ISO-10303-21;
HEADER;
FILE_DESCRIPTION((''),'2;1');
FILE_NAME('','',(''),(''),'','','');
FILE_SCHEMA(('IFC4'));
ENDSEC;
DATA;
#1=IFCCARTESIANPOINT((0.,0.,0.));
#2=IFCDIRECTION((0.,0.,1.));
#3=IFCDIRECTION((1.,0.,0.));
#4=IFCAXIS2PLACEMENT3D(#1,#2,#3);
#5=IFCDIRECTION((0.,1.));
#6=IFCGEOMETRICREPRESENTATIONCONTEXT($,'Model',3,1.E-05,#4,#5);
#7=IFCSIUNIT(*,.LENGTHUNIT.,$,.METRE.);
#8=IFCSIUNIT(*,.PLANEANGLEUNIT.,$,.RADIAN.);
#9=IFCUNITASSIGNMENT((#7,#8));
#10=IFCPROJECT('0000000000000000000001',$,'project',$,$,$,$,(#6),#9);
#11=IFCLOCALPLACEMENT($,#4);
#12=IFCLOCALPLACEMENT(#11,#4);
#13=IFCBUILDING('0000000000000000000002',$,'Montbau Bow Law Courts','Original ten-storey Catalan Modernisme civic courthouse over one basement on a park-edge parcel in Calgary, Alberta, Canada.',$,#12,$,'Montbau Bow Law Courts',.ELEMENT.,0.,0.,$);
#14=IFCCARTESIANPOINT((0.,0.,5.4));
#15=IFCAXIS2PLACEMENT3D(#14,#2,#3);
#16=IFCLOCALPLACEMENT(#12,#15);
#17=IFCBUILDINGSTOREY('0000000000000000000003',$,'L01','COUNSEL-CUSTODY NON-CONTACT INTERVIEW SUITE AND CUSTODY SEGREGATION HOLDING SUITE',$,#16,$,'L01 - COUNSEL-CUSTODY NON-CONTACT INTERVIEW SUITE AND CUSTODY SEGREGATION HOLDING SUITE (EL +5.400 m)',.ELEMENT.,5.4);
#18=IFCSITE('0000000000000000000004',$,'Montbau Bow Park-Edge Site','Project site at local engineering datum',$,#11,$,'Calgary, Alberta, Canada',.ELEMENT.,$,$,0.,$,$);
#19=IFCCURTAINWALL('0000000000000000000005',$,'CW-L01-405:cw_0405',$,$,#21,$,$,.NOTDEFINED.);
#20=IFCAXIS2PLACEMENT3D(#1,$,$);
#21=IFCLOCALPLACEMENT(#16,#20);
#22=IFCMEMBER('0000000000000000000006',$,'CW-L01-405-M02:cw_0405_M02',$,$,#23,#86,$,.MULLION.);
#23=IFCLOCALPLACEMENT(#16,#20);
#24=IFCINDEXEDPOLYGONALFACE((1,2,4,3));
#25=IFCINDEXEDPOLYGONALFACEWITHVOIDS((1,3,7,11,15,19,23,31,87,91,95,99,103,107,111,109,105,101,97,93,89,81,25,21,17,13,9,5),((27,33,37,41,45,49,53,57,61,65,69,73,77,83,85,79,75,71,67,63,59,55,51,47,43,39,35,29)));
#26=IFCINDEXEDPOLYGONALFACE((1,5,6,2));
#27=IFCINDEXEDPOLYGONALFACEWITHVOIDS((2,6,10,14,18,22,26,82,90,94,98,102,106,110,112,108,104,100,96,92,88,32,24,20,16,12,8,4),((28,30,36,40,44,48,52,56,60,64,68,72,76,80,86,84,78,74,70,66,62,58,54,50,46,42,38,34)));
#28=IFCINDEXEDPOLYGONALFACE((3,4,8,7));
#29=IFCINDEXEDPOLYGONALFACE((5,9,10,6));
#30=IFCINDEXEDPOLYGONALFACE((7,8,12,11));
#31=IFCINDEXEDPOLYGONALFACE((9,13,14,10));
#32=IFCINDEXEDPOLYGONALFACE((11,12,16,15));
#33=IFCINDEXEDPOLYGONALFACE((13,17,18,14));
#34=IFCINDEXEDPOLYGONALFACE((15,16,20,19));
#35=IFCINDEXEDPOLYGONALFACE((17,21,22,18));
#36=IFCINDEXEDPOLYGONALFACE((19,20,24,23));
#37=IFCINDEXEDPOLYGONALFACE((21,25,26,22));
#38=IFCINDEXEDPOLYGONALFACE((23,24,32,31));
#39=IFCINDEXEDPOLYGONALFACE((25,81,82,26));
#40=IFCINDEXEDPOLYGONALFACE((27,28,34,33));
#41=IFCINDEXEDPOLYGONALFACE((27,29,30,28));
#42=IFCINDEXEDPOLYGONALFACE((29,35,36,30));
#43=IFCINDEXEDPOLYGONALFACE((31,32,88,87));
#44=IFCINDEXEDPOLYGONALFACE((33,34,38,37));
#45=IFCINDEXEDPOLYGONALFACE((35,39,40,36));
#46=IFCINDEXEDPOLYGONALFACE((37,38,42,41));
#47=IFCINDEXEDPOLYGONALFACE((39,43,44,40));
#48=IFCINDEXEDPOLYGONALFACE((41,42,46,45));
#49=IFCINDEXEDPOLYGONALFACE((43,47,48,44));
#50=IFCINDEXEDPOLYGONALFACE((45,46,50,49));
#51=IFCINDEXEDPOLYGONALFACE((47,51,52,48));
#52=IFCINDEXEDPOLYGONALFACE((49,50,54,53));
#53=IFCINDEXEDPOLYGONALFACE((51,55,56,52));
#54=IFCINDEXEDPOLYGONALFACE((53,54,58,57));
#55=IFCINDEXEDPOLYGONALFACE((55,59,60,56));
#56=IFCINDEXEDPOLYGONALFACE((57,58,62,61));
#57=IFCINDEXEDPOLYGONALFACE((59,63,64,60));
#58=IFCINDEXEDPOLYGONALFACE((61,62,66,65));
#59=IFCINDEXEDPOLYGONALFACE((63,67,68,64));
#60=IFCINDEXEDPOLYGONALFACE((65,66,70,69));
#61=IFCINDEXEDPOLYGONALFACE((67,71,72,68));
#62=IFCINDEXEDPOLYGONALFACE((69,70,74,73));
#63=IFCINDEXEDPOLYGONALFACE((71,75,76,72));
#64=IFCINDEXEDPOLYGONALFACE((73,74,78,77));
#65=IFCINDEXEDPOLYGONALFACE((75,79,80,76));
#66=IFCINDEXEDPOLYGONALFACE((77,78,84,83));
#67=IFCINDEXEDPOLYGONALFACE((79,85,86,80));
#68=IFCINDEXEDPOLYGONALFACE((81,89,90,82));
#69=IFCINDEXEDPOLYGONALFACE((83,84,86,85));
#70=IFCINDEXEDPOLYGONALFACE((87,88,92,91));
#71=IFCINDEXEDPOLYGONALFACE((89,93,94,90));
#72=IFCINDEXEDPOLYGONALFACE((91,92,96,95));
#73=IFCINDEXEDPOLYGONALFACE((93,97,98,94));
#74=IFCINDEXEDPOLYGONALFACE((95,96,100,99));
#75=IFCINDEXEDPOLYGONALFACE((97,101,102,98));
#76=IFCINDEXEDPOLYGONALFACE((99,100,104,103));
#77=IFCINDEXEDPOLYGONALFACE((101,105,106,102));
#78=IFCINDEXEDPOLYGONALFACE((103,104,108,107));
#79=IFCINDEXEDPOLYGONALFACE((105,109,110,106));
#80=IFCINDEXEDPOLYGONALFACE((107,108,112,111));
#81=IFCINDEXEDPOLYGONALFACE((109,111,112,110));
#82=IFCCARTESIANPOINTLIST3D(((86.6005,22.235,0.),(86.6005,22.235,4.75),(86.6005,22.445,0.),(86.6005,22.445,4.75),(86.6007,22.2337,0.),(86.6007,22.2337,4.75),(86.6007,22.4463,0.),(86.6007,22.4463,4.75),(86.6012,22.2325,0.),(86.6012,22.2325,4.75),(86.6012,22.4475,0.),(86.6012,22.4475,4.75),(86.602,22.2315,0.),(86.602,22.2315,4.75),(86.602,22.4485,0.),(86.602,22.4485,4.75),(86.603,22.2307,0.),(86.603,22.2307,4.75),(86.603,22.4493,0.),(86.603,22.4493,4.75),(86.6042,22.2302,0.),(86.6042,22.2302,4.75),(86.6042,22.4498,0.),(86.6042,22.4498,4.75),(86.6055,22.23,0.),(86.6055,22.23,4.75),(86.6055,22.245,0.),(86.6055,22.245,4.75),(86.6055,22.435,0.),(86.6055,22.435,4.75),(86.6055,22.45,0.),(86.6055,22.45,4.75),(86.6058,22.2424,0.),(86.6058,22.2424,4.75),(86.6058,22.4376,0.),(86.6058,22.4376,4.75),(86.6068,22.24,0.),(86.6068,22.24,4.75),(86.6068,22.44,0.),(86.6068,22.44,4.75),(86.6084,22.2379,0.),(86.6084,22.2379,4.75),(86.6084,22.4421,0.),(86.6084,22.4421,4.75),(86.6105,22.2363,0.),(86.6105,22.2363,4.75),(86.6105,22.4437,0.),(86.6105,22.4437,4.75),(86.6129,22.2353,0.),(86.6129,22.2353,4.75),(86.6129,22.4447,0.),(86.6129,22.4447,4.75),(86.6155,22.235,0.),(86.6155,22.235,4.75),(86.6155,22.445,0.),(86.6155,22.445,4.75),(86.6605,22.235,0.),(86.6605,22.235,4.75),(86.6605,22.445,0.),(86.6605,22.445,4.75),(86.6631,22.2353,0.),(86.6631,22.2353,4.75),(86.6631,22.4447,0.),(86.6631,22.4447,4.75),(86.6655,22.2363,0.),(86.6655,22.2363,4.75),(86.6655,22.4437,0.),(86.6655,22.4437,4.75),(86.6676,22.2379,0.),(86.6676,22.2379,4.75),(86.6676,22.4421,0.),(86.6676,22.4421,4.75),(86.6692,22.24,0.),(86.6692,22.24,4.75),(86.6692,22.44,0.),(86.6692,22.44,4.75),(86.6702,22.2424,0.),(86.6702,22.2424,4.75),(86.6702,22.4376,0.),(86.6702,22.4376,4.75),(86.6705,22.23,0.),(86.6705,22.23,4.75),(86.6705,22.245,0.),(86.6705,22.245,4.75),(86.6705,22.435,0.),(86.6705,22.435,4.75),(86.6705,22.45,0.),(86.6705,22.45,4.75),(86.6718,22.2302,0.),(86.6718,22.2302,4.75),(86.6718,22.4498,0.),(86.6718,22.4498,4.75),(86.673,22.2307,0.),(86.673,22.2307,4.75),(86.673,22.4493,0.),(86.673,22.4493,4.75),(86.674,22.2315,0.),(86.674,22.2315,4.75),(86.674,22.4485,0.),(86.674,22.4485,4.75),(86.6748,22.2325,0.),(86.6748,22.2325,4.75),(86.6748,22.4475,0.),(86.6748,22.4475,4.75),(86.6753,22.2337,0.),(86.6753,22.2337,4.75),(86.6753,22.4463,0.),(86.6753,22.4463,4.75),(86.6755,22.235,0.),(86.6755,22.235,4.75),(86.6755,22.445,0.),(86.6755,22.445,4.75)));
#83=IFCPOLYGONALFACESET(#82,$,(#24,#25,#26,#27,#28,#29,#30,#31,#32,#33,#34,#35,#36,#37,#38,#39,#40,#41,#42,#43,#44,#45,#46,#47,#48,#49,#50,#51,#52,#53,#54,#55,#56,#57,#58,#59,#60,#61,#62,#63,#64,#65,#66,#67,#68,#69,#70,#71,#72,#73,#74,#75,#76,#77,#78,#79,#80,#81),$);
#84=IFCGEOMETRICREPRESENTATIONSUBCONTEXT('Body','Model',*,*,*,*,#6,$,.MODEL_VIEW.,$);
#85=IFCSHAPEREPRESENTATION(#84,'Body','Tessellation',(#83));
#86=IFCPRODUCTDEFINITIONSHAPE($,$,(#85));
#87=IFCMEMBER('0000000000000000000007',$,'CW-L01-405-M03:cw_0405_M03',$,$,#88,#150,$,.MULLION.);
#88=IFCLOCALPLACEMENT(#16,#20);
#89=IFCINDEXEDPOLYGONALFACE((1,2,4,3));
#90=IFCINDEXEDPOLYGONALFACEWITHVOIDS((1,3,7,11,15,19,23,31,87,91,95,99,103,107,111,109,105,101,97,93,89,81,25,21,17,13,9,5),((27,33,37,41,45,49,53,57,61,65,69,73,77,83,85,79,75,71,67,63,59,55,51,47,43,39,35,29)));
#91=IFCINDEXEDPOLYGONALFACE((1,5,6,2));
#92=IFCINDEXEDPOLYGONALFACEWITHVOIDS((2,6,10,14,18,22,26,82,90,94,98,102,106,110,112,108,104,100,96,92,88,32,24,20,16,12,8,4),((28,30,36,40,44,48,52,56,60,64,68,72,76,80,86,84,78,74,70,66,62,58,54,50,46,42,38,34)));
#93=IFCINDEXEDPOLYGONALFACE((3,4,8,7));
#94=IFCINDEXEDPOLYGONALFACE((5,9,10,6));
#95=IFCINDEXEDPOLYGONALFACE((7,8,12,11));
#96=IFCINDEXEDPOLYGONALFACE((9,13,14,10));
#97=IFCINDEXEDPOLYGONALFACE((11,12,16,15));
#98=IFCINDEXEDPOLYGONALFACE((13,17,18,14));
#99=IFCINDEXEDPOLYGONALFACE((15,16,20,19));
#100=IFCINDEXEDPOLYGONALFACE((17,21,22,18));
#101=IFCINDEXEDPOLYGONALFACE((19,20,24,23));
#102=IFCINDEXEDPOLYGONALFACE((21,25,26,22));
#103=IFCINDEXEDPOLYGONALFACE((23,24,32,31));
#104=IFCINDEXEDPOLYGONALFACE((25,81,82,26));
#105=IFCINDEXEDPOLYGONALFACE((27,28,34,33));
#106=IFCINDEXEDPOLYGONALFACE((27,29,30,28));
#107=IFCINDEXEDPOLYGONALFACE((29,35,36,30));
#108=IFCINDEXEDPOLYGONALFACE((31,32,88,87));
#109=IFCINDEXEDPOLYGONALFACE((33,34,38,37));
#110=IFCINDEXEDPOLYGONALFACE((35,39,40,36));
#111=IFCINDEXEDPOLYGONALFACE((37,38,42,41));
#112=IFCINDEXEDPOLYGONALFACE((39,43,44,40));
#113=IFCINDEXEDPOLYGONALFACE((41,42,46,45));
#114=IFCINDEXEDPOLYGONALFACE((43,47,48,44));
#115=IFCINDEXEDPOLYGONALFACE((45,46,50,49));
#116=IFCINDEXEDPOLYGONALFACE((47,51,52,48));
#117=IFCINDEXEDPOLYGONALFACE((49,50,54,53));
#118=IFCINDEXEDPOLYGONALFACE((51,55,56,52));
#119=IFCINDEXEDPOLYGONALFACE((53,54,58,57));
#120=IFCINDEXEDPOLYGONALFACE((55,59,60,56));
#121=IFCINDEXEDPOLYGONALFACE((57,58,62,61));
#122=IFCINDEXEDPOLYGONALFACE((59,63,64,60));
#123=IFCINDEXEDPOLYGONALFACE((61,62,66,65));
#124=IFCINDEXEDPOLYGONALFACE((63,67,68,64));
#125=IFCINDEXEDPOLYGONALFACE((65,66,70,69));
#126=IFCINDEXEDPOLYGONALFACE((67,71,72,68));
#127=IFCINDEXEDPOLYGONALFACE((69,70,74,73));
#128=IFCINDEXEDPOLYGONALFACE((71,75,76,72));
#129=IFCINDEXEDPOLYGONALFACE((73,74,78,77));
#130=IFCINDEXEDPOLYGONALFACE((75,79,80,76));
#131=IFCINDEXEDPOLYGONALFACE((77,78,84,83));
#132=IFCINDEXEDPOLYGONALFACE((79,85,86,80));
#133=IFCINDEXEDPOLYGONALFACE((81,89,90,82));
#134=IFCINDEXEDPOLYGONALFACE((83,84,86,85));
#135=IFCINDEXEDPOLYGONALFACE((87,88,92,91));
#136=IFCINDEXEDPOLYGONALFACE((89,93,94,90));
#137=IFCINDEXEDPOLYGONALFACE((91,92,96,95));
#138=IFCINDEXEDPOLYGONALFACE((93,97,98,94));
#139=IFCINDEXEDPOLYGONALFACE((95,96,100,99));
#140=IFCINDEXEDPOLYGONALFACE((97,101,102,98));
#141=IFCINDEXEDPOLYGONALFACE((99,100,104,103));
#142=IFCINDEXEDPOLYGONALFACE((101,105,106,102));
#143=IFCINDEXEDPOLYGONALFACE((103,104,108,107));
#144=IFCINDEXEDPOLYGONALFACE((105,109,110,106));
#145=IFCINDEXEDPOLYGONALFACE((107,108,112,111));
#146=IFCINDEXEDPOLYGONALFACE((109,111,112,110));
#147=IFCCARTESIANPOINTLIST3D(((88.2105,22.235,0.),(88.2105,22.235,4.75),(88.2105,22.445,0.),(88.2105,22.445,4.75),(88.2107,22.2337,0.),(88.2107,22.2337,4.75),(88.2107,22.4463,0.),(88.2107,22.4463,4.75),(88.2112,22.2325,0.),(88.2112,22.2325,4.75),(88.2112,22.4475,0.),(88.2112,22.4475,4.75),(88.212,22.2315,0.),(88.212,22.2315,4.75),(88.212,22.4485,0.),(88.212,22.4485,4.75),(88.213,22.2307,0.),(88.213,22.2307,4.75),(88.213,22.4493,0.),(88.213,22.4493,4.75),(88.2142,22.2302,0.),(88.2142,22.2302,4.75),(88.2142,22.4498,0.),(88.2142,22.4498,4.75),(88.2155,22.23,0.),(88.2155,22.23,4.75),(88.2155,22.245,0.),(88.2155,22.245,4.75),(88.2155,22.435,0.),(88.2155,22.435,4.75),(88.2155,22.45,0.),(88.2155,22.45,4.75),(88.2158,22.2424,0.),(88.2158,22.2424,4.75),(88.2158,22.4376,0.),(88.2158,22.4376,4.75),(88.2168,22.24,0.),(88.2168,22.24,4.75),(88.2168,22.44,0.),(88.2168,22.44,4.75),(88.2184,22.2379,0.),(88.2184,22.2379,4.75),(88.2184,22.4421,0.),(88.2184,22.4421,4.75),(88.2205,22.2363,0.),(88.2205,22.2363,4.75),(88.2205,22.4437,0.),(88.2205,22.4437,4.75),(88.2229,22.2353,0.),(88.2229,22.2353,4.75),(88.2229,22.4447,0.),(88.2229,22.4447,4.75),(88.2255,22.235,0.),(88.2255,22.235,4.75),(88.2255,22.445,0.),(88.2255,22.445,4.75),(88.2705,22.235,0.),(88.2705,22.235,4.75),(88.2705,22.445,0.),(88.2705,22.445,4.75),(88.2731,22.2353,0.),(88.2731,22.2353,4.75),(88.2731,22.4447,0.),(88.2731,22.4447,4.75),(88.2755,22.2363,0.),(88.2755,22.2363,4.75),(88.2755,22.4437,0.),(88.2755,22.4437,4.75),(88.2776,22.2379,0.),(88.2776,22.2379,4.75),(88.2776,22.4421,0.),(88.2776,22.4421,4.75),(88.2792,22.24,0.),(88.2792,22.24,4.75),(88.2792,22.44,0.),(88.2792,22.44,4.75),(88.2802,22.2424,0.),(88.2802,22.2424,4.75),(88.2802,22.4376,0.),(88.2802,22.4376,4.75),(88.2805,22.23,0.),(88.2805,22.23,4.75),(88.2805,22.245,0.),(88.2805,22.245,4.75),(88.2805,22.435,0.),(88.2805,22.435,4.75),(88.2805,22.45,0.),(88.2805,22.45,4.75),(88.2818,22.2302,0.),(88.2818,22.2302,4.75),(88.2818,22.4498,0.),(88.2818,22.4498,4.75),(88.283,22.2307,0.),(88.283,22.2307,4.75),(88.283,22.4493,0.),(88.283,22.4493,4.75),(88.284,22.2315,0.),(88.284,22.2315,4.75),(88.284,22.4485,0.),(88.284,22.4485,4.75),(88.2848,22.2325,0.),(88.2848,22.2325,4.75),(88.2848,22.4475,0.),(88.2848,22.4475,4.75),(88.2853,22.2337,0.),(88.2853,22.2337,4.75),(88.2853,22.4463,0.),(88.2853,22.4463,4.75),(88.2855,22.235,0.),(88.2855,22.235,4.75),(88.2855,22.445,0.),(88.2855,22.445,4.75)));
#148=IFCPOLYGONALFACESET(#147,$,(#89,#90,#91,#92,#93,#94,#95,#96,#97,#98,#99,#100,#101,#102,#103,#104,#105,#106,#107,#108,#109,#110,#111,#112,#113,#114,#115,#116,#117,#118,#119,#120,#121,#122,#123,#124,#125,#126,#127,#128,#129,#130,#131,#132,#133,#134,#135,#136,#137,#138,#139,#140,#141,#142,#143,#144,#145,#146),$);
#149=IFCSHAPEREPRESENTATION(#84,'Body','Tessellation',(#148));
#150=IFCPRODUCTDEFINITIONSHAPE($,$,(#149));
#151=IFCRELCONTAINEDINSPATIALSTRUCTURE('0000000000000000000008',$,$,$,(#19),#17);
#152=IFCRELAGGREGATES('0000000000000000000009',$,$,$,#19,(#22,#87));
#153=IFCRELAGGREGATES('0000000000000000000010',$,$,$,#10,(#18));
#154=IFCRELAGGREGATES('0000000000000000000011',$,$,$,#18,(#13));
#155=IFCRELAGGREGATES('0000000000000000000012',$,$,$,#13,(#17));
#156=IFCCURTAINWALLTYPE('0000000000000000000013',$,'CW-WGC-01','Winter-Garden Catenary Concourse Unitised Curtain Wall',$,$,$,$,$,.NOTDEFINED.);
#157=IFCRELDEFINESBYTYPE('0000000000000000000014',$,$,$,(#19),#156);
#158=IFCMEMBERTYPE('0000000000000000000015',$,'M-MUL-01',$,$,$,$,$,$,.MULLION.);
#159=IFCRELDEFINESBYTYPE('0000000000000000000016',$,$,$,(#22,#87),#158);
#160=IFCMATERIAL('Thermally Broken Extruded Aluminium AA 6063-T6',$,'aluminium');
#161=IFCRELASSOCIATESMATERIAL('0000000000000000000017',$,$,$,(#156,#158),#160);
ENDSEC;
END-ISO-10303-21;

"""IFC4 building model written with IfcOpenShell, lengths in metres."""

from ifc_helpers import new_model, si_unit, direction, frame, origin_with_axes, origin_2d_with_axis, place, context, subcontext, project, spatial, hollow_rectangle, extrude, material, material_profile, profile_set, type_object, element, aggregate, save


model = new_model("IFC4")

# Units and contexts
model_context = context("Model", 3, precision=1e-05, world=origin_with_axes(), true_north=direction((0.0, 1.0)))
body_context = subcontext(model_context, "Body", "Model", "MODEL_VIEW")
ifc_project = project(units=[si_unit("LENGTHUNIT", "METRE"), si_unit("PLANEANGLEUNIT", "RADIAN")], contexts=[model_context])

# Site, building, storey
site_placement = place(None, origin_with_axes())
site = spatial("IfcSite", under=ifc_project, at=site_placement, Name="Montbau Bow Park-Edge Site", Description="Project site at local engineering datum", LongName="Calgary, Alberta, Canada", CompositionType="ELEMENT", RefElevation=0.0)
building_placement = place(site_placement, origin_with_axes())
building = spatial("IfcBuilding", under=site, at=building_placement, Name="Montbau Bow Law Courts", Description="Original ten-storey Catalan Modernisme civic courthouse over one basement on a park-edge parcel in Calgary, Alberta, Canada.", LongName="Montbau Bow Law Courts", CompositionType="ELEMENT", ElevationOfRefHeight=0.0, ElevationOfTerrain=0.0)
storey_placement = place(building_placement, frame((0.0, 0.0, 5.4), z_axis=(0.0, 0.0, 1.0), x_axis=(1.0, 0.0, 0.0)))
storey = spatial("IfcBuildingStorey", under=building, at=storey_placement, Name="L01", Description="COUNSEL-CUSTODY NON-CONTACT INTERVIEW SUITE AND CUSTODY SEGREGATION HOLDING SUITE", LongName="L01 - COUNSEL-CUSTODY NON-CONTACT INTERVIEW SUITE AND CUSTODY SEGREGATION HOLDING SUITE (EL +5.400 m)", CompositionType="ELEMENT", Elevation=5.4)

# Curtain wall, members
ifc_material_1 = material(Name="Thermally Broken Extruded Aluminium AA 6063-T6", Category="aluminium")
curtain_wall_type = type_object("IfcCurtainWallType", Name="CW-WGC-01", Description="Winter-Garden Catenary Concourse Unitised Curtain Wall", PredefinedType="NOTDEFINED", material=ifc_material_1)
curtain_wall_placement = place(None, frame((84.99, 22.34, 5.4), z_axis=(0.0, 0.0, 1.0), x_axis=(1.0, 0.0, 0.0)))
curtain_wall = element("IfcCurtainWall", 1, at=curtain_wall_placement, inside=storey, type_object=curtain_wall_type, Name="CW-L01-405:cw_0405", PredefinedType="NOTDEFINED")
ifc_material_profile_1 = material_profile(ifc_material_1, hollow_rectangle(XDim=0.075, YDim=0.22, WallThickness=0.005, InnerFilletRadius=0.01, OuterFilletRadius=0.005, at=origin_2d_with_axis()), Name="CWM-220X75", Category="Main", Priority=0)
ifc_profile_set_1 = profile_set([ifc_material_profile_1], Name="Thermally Broken Extruded Aluminium AA 6063-T6")
member_type_1 = type_object("IfcMemberType", Name="M-MUL-01", PredefinedType="MULLION", material=ifc_profile_set_1)
member_1_placement = place(None, frame((86.638, 22.34, 5.4), z_axis=(0.0, 0.0, 1.0), x_axis=(1.0, 0.0, 0.0)))
member_1 = element("IfcMember", 2, at=member_1_placement, type_object=member_type_1, Name="CW-L01-405-M02:cw_0405_M02", PredefinedType="MULLION", context=body_context, shape_type="SweptSolid", body=[
    extrude(hollow_rectangle(XDim=0.075, YDim=0.22, WallThickness=0.005, InnerFilletRadius=0.01, OuterFilletRadius=0.005, at=origin_2d_with_axis()), origin_with_axes(), (0.0, 0.0, 1.0), 4.75),
])
member_2_placement = place(None, frame((88.248, 22.34, 5.4), z_axis=(0.0, 0.0, 1.0), x_axis=(1.0, 0.0, 0.0)))
member_2 = element("IfcMember", 3, at=member_2_placement, type_object=member_type_1, Name="CW-L01-405-M03:cw_0405_M03", PredefinedType="MULLION", context=body_context, shape_type="SweptSolid", body=[
    extrude(hollow_rectangle(XDim=0.075, YDim=0.22, WallThickness=0.005, InnerFilletRadius=0.01, OuterFilletRadius=0.005, at=origin_2d_with_axis()), origin_with_axes(), (0.0, 0.0, 1.0), 4.75),
])
aggregate(curtain_wall, [member_1, member_2])

save(model, "model.ifc")
